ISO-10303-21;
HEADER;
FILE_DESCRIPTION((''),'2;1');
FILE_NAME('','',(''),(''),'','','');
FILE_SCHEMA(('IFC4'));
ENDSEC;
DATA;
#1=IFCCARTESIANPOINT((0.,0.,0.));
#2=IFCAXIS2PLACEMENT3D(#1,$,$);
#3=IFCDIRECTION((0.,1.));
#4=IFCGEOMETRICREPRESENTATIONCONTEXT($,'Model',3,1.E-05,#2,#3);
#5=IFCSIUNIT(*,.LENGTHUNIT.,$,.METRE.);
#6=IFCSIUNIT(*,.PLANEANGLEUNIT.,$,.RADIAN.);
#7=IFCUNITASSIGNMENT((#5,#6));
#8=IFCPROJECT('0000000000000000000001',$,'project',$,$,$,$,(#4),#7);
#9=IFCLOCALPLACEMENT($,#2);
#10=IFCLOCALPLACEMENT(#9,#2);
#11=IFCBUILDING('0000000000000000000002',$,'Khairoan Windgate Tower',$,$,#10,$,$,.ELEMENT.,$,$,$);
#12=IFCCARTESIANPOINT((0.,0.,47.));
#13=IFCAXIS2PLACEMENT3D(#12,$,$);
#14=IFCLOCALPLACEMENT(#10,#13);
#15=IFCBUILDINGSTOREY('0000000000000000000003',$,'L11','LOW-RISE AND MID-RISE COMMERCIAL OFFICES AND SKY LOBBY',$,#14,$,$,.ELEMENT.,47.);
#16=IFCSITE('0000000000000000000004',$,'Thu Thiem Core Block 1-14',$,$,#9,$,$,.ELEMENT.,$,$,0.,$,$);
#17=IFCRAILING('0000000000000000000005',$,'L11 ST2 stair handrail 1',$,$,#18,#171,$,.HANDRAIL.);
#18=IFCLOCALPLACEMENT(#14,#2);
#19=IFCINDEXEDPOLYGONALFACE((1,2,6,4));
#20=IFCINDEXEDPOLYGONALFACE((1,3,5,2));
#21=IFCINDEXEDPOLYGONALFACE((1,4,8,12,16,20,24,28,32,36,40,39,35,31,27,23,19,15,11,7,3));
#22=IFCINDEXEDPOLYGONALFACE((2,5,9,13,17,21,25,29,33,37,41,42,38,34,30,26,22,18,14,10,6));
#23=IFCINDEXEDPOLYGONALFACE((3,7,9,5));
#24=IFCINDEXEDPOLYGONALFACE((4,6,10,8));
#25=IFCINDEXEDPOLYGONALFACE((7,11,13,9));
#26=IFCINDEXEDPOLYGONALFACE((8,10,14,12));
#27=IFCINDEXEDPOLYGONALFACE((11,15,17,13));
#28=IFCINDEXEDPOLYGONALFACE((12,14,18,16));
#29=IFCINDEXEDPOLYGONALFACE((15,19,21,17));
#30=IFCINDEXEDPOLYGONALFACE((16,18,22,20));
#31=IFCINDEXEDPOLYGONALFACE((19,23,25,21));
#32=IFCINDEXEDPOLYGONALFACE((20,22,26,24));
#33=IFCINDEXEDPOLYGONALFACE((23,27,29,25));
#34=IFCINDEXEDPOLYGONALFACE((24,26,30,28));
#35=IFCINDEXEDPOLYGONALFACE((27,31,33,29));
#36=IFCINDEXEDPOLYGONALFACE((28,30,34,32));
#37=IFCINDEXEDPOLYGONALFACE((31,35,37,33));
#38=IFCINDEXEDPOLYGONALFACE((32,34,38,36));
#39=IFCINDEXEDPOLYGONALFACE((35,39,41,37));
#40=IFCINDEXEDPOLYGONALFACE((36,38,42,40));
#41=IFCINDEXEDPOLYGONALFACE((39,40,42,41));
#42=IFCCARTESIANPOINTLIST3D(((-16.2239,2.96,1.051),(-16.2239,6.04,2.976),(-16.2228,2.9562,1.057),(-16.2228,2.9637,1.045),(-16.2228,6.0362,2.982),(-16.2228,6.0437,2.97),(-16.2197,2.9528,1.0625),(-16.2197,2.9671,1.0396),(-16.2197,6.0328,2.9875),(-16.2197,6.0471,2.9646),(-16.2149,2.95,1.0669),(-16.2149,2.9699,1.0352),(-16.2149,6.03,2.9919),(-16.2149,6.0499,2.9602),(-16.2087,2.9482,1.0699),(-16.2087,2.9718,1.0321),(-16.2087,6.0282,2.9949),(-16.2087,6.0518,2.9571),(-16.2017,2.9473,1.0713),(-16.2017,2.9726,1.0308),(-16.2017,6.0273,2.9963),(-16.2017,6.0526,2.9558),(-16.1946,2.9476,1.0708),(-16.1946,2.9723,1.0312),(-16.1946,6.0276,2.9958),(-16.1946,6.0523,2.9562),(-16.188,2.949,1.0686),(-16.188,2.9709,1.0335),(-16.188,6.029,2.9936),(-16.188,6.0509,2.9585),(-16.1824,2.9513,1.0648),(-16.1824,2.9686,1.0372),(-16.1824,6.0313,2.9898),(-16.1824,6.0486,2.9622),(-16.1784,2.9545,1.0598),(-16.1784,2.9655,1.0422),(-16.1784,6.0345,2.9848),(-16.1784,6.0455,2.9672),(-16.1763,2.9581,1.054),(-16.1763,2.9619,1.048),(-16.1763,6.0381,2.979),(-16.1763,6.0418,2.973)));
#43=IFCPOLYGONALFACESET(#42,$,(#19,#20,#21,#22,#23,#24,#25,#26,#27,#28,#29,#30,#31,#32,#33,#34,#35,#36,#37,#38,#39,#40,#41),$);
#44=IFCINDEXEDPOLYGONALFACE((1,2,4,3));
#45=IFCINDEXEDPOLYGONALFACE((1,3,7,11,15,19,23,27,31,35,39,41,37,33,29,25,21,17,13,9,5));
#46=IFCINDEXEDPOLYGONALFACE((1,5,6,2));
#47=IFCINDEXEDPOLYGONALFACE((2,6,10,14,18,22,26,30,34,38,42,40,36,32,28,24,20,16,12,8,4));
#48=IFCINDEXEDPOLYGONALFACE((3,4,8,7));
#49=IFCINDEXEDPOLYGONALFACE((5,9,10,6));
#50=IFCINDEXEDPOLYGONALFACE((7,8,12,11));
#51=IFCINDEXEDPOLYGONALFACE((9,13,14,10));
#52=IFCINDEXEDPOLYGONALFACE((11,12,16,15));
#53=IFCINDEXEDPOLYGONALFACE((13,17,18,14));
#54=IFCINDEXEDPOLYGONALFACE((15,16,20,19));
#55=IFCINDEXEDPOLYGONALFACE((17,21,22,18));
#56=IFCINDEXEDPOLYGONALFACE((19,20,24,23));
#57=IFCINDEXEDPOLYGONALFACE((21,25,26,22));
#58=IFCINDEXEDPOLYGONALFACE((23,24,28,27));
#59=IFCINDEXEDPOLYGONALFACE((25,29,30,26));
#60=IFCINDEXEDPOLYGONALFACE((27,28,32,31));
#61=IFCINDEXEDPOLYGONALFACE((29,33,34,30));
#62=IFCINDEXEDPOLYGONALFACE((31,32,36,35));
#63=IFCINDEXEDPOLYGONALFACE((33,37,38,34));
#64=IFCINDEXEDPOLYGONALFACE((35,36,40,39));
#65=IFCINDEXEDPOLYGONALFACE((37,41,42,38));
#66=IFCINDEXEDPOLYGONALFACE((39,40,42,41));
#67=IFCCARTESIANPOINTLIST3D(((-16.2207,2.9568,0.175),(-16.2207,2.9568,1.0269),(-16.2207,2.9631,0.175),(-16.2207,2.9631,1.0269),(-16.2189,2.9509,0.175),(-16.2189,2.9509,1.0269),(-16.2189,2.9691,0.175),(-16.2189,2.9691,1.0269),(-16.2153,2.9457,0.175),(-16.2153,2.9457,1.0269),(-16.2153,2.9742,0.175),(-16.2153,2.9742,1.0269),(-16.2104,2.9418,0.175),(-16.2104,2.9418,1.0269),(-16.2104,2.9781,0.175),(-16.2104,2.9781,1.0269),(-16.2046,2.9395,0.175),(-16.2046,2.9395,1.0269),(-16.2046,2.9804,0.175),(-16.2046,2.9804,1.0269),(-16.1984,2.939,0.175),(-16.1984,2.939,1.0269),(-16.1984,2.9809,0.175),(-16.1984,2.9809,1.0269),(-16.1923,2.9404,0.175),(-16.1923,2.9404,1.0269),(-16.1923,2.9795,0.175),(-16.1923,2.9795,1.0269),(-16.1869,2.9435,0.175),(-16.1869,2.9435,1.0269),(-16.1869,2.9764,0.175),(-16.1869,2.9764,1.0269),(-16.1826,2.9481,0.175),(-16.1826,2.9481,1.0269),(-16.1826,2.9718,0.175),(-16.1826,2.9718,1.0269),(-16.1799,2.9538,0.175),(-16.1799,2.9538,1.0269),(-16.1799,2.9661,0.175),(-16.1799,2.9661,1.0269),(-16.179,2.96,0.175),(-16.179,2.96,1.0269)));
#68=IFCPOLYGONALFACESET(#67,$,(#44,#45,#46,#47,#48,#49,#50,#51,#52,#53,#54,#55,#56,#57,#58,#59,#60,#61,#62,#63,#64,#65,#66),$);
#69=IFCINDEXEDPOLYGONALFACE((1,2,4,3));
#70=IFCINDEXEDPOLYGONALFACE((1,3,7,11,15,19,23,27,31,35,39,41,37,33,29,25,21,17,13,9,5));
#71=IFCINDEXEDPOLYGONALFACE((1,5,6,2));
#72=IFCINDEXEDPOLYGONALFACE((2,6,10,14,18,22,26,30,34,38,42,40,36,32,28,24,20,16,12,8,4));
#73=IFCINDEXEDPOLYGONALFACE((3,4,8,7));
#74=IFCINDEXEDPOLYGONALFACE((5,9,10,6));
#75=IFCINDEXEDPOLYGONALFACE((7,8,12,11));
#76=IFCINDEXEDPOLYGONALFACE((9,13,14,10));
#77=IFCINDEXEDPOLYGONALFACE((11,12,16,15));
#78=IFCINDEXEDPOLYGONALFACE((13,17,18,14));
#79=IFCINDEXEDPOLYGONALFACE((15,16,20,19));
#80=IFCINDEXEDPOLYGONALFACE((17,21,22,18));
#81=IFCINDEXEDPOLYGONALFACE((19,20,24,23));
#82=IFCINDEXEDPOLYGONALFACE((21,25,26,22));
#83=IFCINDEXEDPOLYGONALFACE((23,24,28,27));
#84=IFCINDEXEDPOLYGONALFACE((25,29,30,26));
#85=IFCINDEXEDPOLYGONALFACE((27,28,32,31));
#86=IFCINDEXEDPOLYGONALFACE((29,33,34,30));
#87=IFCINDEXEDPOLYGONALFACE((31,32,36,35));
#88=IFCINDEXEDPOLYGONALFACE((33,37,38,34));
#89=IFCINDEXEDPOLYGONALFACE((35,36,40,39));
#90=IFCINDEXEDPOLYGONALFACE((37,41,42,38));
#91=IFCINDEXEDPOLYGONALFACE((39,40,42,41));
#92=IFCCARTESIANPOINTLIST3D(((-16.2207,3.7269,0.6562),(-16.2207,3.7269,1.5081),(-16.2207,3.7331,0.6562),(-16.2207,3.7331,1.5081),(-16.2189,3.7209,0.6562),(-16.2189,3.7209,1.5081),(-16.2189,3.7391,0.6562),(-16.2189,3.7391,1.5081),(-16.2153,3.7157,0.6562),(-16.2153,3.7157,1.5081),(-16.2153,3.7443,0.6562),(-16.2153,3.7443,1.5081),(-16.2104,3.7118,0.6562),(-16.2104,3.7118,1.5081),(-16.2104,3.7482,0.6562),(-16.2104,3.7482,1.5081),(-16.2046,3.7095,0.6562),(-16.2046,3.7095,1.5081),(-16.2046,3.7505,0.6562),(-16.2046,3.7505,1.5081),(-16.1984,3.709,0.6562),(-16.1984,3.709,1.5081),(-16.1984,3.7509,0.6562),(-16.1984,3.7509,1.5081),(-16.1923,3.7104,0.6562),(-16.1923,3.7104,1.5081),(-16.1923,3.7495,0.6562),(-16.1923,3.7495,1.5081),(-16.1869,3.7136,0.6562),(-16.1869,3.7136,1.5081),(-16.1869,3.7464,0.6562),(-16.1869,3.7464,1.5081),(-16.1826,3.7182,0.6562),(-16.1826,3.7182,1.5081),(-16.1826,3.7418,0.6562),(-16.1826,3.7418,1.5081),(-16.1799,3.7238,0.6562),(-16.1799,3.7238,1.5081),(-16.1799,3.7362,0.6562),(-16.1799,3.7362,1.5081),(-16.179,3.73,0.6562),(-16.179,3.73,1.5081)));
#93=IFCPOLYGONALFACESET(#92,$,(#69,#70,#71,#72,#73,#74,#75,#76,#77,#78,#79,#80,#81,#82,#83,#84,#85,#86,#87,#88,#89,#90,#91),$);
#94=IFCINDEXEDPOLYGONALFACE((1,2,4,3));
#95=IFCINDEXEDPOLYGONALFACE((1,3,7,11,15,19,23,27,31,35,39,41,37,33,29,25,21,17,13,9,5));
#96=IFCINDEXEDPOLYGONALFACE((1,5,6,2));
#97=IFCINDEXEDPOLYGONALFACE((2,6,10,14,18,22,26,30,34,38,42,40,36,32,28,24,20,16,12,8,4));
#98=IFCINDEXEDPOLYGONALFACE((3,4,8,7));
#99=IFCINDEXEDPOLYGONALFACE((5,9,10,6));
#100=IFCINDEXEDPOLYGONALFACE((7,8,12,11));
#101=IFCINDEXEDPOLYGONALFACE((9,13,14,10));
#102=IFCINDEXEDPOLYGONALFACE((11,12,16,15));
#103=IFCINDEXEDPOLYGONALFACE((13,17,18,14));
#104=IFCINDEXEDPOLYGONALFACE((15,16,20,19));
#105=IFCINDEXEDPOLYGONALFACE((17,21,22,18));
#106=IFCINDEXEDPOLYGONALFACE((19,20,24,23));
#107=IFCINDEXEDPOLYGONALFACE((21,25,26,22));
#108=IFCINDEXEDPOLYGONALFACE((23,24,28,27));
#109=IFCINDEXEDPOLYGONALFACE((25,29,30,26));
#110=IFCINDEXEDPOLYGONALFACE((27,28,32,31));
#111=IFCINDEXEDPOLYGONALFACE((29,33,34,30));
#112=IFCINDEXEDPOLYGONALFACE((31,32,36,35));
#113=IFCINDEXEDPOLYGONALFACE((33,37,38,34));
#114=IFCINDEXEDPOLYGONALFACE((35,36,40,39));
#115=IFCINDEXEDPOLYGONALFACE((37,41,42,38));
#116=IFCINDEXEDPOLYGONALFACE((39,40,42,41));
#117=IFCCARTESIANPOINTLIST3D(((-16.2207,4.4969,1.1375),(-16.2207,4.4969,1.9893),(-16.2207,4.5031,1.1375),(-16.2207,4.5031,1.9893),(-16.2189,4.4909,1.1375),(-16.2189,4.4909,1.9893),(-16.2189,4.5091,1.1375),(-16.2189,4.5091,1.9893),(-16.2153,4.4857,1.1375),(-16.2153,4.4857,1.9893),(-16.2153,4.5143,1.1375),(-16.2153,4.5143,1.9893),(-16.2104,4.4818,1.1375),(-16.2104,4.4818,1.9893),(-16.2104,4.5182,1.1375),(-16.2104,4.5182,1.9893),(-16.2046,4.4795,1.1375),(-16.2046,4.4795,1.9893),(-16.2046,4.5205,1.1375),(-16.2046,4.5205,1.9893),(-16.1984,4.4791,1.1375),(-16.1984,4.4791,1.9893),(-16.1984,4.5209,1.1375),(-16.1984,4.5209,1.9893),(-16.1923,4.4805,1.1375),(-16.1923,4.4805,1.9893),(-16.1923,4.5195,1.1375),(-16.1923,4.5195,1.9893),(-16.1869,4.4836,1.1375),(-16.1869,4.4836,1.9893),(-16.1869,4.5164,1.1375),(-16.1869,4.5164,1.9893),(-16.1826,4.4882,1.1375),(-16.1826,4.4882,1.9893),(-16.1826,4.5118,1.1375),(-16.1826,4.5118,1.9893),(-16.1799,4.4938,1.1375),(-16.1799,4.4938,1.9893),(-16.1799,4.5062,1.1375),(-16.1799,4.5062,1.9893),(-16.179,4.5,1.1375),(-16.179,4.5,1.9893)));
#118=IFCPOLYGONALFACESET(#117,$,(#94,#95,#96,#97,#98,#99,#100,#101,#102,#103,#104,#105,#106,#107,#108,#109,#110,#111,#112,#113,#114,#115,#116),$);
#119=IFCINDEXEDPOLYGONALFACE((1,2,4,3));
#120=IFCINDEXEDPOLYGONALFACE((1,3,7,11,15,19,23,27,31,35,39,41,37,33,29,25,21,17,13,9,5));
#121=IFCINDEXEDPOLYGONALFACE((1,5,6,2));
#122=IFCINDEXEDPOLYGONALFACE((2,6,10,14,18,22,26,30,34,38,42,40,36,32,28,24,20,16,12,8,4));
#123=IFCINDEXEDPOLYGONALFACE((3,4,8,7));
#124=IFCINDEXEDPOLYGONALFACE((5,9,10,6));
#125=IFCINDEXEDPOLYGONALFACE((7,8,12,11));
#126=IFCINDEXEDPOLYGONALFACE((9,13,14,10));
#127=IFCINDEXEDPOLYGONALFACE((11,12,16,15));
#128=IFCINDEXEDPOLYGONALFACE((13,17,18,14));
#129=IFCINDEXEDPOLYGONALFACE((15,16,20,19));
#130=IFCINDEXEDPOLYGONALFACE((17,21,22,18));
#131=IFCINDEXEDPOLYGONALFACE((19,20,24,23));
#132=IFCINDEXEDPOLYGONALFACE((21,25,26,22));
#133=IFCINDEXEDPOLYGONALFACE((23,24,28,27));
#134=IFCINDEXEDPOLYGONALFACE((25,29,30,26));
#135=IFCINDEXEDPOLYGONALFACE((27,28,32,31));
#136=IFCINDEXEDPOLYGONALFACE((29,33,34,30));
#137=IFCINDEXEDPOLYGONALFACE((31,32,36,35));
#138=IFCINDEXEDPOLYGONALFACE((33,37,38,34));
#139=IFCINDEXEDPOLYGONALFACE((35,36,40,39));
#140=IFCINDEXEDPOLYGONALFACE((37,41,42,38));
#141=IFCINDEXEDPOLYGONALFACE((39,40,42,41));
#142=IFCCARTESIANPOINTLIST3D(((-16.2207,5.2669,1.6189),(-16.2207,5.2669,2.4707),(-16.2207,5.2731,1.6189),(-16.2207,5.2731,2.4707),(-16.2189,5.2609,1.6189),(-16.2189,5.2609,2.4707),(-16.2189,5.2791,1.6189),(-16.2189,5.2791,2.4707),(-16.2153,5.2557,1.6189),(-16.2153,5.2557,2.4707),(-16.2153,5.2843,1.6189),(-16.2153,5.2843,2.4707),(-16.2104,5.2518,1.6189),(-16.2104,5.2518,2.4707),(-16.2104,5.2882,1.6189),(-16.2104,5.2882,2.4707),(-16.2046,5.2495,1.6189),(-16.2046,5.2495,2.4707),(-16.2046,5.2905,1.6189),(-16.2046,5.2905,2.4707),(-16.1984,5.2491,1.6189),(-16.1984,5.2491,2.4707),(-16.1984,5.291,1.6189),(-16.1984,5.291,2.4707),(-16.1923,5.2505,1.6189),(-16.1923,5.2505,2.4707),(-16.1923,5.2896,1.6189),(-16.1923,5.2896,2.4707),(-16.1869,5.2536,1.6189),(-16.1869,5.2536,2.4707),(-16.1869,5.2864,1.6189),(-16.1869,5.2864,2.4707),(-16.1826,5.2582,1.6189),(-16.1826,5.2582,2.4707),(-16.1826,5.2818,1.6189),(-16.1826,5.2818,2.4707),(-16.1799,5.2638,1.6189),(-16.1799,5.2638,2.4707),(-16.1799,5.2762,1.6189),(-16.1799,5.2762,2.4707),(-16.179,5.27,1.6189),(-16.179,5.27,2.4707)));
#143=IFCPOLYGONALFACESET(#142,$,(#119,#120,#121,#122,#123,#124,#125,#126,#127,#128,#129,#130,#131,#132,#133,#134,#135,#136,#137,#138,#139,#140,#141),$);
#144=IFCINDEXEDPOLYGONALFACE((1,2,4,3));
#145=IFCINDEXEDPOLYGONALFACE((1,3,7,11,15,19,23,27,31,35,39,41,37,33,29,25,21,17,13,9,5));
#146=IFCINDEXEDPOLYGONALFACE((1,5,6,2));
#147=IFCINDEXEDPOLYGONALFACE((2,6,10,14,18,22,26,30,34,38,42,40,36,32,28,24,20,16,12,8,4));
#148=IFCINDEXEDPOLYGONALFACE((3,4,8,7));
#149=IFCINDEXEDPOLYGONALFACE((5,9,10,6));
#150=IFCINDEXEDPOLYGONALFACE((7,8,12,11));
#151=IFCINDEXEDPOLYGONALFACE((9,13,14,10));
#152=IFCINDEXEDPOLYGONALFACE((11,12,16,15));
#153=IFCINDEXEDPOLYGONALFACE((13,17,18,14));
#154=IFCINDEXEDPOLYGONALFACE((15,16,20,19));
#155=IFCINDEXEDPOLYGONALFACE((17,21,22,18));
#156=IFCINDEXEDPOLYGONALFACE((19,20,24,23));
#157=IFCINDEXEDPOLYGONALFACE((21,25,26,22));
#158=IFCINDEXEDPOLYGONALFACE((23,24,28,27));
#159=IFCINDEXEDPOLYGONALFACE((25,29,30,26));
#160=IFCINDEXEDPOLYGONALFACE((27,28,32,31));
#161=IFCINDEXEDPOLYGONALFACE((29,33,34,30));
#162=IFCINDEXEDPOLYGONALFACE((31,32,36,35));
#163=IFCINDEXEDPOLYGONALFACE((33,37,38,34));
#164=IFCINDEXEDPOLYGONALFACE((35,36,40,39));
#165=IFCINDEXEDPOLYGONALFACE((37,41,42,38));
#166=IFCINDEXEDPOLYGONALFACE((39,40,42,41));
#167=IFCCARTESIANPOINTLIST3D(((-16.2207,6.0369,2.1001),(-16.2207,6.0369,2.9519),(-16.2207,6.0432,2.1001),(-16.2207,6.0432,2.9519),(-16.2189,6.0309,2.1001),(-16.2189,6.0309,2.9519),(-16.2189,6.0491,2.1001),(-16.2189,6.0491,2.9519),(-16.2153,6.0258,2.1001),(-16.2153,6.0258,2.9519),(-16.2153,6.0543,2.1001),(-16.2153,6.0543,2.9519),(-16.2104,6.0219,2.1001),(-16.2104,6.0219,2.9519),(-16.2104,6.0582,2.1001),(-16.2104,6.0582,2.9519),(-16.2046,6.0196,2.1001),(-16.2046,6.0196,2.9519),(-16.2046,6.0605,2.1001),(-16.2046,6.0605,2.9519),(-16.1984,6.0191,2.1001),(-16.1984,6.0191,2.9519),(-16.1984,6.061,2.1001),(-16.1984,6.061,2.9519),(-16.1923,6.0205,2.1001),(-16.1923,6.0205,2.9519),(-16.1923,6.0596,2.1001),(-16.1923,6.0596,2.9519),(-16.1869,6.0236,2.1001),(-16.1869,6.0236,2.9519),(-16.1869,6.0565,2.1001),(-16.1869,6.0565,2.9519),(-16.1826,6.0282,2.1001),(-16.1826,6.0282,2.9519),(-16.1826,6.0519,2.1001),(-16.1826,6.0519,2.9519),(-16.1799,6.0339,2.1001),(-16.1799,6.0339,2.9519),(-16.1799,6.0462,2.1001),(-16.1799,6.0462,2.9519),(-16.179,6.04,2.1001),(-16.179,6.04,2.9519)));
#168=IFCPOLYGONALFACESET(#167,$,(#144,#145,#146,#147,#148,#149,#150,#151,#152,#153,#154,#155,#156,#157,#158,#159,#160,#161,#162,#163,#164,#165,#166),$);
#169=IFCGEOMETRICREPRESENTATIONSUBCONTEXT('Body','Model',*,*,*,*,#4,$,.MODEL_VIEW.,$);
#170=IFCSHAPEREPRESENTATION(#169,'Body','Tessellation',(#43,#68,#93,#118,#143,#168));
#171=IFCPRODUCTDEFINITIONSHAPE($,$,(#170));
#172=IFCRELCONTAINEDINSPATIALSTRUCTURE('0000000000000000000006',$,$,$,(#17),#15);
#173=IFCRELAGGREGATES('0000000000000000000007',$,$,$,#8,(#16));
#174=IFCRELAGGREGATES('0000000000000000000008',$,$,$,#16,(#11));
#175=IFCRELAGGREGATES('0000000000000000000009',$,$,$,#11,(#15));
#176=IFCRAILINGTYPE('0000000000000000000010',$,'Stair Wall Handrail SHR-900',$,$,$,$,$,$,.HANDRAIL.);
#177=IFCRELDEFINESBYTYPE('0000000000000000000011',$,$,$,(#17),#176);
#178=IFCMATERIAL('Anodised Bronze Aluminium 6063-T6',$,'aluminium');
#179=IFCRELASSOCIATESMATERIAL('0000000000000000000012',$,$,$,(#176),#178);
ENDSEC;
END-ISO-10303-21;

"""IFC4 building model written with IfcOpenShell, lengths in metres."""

from ifc_helpers import new_model, si_unit, direction, frame, origin, origin_2d, place, context, subcontext, project, spatial, circle, extrude, material, type_object, element, save


model = new_model("IFC4")

# Units and contexts
model_context = context("Model", 3, precision=1e-05, world=origin(), true_north=direction((0.0, 1.0)))
body_context = subcontext(model_context, "Body", "Model", "MODEL_VIEW")
ifc_project = project(units=[si_unit("LENGTHUNIT", "METRE"), si_unit("PLANEANGLEUNIT", "RADIAN")], contexts=[model_context])

# Site, building, storey
site_placement = place(None, origin())
site = spatial("IfcSite", under=ifc_project, at=site_placement, Name="Thu Thiem Core Block 1-14", CompositionType="ELEMENT", RefElevation=0.0)
building_placement = place(site_placement, origin())
building = spatial("IfcBuilding", under=site, at=building_placement, Name="Khairoan Windgate Tower", CompositionType="ELEMENT")
storey_placement = place(building_placement, frame((0.0, 0.0, 47.0)))
storey = spatial("IfcBuildingStorey", under=building, at=storey_placement, Name="L11", Description="LOW-RISE AND MID-RISE COMMERCIAL OFFICES AND SKY LOBBY", CompositionType="ELEMENT", Elevation=47.0)

# Railing
ifc_material_1 = material(Name="Anodised Bronze Aluminium 6063-T6", Category="aluminium")
railing_type_1 = type_object("IfcRailingType", Name="Stair Wall Handrail SHR-900", PredefinedType="HANDRAIL", material=ifc_material_1)
railing_1_placement = place(storey_placement, frame((-16.2, 2.96, 0.175)))
element("IfcRailing", 1, at=railing_1_placement, inside=storey, type_object=railing_type_1, Name="L11 ST2 stair handrail 1", PredefinedType="HANDRAIL", context=body_context, shape_type="SweptSolid", body=[
    extrude(circle(Radius=0.0239, at=origin_2d()), frame((0.0, 0.0, 0.876), z_axis=(0.0, 0.847998, 0.529999), x_axis=(-1.0, 0.0, 0.0)), (0.0, 0.0, 1.0), 3.6321),
    extrude(circle(Radius=0.021, at=origin_2d()), origin(), (0.0, 0.0, 1.0), 0.8518),
    extrude(circle(Radius=0.021, at=origin_2d()), frame((0.0, 0.77, 0.4812)), (0.0, 0.0, 1.0), 0.8518),
    extrude(circle(Radius=0.021, at=origin_2d()), frame((0.0, 1.54, 0.9624)), (0.0, 0.0, 1.0), 0.8518),
    extrude(circle(Radius=0.021, at=origin_2d()), frame((0.0, 2.3101, 1.4438)), (0.0, 0.0, 1.0), 0.8518),
    extrude(circle(Radius=0.021, at=origin_2d()), frame((0.0, 3.0801, 1.925)), (0.0, 0.0, 1.0), 0.8518),
])

save(model, "model.ifc")
